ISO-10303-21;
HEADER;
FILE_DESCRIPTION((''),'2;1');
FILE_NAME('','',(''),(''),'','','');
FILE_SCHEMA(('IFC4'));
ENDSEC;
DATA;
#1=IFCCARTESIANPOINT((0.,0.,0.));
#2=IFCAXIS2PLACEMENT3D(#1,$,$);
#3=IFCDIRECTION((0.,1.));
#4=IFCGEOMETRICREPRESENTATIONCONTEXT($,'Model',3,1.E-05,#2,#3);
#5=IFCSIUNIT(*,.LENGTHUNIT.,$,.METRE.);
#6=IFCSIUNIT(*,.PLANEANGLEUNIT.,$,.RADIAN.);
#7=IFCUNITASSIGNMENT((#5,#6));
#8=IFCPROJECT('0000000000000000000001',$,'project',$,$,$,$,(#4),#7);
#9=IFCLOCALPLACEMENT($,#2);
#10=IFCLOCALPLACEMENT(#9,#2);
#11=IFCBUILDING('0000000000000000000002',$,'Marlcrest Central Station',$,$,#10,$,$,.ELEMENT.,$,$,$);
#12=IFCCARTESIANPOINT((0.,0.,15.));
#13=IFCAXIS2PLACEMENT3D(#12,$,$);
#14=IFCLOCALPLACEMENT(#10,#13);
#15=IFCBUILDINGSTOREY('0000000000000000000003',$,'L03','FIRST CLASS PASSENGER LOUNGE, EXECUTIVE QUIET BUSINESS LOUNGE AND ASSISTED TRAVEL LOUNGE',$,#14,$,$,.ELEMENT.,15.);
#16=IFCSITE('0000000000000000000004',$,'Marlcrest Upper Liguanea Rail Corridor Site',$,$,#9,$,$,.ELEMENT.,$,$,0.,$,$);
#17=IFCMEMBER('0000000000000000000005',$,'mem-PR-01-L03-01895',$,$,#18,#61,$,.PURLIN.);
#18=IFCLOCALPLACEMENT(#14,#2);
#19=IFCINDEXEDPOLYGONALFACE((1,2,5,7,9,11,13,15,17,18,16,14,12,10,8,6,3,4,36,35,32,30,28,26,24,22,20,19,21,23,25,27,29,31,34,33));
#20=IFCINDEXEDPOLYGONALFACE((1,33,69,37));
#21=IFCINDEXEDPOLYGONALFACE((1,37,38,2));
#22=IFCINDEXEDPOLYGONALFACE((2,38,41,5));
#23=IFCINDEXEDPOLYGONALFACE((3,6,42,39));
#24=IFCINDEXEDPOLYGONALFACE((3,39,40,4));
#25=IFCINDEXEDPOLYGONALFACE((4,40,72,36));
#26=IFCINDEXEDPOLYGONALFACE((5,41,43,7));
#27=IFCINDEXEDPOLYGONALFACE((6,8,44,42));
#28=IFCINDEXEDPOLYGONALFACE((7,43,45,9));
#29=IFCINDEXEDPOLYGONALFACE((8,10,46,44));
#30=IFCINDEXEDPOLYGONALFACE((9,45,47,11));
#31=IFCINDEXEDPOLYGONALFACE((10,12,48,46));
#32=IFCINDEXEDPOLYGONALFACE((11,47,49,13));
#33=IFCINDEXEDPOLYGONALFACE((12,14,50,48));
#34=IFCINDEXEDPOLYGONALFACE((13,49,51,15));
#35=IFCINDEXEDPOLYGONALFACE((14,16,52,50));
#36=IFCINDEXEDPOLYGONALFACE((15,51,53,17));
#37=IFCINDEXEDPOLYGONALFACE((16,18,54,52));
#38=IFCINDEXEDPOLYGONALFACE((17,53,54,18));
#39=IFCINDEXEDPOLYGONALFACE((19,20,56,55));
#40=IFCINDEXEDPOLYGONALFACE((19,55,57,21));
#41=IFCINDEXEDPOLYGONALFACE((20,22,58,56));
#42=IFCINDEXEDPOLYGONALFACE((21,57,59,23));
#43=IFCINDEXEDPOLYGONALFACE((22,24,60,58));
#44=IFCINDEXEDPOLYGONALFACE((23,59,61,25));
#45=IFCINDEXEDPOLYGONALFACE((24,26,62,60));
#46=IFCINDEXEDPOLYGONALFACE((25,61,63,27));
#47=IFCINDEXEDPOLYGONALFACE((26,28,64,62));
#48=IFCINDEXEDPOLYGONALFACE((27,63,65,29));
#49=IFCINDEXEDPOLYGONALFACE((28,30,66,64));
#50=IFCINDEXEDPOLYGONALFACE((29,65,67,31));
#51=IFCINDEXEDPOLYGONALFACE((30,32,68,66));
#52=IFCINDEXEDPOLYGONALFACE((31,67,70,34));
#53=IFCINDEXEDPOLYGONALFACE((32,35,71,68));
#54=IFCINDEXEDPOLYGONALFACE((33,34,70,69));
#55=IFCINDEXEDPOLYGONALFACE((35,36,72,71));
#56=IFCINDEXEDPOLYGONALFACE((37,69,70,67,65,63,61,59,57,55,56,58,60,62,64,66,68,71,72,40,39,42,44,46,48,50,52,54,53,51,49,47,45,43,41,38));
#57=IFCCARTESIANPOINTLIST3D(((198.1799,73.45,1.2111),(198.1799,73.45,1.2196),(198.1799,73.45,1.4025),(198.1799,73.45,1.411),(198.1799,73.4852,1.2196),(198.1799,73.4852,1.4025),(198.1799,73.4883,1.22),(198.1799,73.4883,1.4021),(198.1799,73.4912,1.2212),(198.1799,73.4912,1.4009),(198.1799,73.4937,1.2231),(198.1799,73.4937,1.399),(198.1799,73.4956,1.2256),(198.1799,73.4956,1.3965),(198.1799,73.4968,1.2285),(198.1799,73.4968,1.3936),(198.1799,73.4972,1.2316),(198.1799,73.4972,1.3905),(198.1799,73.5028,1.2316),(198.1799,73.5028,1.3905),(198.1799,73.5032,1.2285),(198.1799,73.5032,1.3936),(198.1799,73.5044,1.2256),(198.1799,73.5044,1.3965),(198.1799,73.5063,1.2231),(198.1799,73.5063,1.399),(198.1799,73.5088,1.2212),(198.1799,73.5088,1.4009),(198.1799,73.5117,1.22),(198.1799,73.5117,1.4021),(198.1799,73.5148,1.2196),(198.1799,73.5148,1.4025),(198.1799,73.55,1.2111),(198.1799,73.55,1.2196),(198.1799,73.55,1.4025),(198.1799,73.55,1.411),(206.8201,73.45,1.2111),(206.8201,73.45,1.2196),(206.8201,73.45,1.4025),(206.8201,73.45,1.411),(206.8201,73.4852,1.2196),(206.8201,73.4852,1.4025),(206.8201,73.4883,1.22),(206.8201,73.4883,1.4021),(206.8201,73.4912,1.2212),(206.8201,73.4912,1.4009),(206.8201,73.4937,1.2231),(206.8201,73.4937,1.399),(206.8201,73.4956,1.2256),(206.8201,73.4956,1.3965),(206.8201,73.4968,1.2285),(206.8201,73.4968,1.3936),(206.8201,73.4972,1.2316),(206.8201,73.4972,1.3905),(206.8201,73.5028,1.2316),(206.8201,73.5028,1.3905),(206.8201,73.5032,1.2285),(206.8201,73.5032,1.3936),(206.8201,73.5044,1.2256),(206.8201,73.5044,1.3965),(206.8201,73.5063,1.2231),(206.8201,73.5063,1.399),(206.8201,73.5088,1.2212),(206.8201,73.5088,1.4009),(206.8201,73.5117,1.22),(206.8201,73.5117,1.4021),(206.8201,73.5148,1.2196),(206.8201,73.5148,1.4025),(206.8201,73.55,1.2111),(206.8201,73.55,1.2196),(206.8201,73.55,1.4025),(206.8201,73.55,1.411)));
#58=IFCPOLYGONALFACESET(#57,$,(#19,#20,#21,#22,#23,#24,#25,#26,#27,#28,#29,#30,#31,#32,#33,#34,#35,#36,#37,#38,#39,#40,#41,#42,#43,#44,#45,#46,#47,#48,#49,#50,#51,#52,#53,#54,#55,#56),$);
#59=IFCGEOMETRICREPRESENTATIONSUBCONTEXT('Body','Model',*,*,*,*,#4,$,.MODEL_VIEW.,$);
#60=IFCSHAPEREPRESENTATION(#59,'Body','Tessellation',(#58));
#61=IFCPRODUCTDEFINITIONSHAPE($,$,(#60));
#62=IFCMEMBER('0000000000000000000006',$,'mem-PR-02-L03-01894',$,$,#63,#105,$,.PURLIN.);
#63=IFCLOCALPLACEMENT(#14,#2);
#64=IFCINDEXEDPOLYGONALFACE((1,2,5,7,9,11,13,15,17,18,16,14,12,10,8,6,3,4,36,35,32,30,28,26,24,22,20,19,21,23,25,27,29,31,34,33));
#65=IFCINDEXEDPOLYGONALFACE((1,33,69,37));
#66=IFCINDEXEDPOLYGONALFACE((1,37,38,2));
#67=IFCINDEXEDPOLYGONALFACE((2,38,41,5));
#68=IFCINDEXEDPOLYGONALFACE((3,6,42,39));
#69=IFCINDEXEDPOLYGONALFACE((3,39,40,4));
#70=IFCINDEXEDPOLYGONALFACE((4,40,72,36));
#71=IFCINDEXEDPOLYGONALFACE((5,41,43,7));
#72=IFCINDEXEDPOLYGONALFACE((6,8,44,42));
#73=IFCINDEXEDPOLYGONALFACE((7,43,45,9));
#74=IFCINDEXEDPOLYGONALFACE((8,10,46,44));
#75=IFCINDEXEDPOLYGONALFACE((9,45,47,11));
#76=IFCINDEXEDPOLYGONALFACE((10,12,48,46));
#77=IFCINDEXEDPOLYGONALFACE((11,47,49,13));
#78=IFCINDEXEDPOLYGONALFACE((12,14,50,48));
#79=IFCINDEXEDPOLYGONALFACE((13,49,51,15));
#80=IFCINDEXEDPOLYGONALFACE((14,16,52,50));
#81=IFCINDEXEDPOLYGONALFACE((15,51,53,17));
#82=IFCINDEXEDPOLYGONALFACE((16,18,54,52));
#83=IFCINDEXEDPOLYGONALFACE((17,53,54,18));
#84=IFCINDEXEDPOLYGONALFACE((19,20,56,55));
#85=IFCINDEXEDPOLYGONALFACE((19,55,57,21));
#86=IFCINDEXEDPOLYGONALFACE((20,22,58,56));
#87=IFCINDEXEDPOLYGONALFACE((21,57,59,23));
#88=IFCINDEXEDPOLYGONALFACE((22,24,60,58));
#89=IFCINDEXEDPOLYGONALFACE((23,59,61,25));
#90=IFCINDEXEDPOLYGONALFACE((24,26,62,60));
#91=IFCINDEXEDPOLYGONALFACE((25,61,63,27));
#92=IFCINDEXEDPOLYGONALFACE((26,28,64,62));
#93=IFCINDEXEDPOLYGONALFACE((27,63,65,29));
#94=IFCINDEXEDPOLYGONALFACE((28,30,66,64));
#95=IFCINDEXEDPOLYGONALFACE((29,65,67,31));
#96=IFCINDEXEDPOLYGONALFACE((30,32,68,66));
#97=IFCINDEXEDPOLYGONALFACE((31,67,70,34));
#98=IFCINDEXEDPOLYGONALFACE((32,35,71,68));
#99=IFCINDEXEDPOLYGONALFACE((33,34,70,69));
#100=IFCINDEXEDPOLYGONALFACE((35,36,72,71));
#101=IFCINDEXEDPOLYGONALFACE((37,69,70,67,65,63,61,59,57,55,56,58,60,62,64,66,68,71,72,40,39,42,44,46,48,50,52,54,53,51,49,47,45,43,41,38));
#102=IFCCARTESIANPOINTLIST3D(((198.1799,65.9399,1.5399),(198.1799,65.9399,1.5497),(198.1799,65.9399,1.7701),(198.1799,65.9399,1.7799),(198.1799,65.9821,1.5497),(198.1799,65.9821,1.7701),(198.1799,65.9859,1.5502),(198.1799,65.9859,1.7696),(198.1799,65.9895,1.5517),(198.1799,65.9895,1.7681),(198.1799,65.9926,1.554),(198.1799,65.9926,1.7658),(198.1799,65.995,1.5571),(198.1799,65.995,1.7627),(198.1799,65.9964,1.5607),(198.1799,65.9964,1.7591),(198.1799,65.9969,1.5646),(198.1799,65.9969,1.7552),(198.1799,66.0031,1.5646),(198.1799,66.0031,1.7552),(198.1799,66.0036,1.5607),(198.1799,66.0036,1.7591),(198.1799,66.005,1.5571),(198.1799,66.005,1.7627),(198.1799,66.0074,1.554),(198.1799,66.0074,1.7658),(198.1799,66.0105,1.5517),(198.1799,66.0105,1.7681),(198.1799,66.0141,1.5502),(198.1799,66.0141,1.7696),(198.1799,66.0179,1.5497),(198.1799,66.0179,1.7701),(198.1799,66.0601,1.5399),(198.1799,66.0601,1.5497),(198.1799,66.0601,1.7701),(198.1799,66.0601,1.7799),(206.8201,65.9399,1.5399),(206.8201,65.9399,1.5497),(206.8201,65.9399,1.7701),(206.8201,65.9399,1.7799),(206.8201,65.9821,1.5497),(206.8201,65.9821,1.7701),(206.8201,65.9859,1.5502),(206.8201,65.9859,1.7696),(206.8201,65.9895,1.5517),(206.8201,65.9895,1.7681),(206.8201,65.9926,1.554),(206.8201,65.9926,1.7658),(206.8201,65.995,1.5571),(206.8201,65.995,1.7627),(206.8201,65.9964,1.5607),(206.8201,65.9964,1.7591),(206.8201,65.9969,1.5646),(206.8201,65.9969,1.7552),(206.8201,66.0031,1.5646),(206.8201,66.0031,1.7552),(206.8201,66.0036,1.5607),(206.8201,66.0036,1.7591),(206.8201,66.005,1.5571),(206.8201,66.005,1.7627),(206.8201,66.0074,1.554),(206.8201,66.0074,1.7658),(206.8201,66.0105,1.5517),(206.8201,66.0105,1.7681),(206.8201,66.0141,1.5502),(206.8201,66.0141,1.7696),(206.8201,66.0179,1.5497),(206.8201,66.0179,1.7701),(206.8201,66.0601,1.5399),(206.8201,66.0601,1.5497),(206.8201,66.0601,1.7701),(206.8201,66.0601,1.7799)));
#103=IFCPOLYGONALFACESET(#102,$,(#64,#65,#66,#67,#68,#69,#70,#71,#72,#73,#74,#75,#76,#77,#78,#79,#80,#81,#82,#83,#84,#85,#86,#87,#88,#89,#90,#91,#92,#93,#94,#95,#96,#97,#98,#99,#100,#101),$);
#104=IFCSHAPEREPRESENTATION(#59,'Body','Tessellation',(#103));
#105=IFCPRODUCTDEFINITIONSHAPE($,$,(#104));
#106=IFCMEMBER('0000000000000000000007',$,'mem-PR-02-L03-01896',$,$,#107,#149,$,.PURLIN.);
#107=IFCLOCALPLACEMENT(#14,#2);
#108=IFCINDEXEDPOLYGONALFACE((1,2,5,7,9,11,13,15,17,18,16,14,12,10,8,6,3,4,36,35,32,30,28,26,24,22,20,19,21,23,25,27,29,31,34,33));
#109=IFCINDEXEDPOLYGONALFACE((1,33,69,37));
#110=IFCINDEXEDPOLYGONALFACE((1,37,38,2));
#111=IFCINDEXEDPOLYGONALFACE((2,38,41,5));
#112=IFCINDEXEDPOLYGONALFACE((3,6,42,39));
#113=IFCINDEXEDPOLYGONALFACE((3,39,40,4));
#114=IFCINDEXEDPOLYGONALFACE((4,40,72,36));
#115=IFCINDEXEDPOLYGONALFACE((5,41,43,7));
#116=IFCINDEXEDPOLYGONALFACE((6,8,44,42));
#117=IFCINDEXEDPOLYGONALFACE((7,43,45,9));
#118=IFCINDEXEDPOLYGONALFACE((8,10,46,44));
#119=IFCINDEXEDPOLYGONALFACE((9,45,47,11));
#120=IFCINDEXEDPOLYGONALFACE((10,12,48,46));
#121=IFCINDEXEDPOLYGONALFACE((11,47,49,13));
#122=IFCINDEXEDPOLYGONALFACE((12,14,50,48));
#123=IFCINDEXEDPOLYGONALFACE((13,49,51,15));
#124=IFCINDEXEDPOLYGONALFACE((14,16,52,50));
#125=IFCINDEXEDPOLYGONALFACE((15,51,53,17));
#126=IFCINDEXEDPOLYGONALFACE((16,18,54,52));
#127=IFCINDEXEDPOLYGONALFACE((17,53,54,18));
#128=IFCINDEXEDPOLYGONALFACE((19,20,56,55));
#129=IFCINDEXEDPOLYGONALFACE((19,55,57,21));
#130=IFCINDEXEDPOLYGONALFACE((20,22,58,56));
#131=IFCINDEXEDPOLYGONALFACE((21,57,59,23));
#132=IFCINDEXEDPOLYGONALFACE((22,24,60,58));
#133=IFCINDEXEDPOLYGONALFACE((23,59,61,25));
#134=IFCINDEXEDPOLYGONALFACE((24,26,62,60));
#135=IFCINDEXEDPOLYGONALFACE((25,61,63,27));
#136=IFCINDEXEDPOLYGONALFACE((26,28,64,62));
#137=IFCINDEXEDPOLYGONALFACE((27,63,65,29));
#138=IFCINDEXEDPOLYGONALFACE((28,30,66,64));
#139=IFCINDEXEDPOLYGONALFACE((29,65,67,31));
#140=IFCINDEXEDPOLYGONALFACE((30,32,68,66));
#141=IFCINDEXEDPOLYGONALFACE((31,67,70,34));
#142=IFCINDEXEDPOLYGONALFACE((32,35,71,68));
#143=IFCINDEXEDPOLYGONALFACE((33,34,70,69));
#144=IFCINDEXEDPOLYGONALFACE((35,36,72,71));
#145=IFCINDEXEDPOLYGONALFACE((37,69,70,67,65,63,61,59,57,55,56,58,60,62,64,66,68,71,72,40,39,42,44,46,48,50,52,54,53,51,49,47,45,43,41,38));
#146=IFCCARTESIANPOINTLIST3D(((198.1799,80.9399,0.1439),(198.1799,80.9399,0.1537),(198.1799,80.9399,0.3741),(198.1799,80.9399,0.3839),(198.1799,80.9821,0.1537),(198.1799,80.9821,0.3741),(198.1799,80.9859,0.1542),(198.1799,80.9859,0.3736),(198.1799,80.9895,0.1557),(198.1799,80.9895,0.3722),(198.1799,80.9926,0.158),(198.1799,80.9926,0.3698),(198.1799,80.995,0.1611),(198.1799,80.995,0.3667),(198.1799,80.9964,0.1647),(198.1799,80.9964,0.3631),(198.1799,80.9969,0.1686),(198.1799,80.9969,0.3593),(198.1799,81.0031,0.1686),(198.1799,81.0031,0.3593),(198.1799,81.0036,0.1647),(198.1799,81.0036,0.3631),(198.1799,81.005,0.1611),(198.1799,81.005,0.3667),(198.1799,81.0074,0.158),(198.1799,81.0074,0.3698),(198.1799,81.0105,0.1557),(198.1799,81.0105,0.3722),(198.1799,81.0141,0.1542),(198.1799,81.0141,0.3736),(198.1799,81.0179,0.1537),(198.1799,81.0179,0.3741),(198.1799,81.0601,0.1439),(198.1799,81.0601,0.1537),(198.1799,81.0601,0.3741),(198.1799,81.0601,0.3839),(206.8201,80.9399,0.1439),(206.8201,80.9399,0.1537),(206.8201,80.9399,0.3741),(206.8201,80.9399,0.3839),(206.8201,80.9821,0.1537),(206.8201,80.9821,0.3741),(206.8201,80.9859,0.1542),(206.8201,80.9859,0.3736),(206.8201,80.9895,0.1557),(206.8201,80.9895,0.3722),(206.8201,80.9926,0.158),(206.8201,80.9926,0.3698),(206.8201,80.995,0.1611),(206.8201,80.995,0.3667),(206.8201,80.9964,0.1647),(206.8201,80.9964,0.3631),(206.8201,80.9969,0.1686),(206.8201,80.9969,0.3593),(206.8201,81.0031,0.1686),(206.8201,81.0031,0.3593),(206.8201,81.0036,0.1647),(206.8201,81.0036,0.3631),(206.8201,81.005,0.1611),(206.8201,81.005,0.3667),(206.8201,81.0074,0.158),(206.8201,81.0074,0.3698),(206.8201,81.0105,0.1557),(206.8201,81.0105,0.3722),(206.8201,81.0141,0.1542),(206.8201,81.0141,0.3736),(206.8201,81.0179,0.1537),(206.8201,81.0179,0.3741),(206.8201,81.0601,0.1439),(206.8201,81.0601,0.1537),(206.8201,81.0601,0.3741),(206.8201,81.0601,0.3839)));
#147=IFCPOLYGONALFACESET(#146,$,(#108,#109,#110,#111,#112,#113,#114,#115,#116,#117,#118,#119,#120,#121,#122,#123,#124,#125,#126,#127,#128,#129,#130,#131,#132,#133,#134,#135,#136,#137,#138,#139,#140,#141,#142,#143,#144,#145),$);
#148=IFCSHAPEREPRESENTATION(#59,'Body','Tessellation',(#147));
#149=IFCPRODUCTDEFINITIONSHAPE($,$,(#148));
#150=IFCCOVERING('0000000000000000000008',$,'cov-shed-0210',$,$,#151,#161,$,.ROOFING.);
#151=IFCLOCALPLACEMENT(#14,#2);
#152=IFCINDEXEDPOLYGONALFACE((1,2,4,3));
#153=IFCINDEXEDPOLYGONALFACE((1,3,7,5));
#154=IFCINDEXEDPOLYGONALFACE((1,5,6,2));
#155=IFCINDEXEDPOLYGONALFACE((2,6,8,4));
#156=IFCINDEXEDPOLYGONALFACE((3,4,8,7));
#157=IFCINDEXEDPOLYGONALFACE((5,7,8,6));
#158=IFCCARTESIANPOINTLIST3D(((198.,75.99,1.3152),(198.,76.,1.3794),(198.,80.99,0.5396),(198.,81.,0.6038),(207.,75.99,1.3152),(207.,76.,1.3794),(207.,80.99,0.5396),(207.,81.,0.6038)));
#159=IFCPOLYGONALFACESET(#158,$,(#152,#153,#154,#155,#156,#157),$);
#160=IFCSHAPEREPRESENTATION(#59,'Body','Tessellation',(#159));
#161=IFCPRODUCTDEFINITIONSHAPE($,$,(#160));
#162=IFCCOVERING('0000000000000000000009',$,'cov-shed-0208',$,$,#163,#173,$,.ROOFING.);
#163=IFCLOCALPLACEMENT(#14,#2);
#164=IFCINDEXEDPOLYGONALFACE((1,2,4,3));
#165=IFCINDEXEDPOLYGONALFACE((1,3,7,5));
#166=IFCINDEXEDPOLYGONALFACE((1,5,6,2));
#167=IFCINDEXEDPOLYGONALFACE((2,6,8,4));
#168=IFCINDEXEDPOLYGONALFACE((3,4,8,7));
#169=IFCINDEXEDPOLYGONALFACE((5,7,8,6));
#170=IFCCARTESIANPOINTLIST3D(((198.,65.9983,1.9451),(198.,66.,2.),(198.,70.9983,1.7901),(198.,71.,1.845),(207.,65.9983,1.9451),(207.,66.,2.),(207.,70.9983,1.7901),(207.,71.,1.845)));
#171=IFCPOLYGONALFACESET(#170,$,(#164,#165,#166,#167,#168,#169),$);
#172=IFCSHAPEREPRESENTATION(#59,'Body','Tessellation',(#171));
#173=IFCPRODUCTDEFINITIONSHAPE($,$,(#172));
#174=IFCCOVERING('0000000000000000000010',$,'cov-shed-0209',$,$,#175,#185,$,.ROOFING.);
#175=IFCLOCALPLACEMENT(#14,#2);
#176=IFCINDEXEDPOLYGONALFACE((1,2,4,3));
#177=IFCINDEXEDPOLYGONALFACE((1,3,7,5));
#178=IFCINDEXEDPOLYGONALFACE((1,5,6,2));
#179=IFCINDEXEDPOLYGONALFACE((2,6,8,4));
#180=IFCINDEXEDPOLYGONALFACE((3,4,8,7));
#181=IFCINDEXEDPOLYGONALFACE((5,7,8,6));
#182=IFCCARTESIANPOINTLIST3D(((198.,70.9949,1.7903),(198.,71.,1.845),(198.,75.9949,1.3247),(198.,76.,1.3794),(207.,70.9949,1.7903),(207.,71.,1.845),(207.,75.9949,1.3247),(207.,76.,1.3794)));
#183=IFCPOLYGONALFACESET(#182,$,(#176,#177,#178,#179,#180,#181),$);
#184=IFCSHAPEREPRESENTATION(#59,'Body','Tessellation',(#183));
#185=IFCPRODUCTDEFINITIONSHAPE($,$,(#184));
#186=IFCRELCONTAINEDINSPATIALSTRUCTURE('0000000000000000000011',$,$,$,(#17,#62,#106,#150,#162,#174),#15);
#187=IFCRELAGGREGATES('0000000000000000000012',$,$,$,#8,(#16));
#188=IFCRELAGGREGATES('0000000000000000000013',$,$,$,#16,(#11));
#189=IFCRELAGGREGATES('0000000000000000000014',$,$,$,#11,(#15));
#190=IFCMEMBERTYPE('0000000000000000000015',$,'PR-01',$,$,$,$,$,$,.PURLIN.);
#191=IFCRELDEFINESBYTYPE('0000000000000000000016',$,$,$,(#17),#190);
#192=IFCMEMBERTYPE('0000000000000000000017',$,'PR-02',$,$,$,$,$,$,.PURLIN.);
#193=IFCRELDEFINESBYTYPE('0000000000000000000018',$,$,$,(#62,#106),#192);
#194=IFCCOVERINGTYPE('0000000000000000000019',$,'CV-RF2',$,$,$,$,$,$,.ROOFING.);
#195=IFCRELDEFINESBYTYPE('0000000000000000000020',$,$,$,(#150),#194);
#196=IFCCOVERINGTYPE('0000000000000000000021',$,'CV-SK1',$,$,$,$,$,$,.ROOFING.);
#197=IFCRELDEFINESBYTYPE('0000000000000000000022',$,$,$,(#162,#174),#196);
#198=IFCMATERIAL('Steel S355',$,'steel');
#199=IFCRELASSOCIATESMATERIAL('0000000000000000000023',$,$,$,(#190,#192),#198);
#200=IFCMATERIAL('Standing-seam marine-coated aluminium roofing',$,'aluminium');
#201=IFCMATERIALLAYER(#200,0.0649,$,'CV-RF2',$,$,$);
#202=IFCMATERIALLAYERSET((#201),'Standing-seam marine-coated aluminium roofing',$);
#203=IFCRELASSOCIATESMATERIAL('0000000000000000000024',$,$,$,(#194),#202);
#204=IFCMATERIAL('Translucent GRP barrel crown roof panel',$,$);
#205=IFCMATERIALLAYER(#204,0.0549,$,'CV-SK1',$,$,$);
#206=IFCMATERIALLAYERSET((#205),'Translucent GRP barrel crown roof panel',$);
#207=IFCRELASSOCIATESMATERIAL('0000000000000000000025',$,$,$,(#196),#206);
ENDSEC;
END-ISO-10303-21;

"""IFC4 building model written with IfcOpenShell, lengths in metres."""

from ifc_helpers import new_model, si_unit, direction, frame, origin, origin_2d, place, context, subcontext, project, spatial, polyline, i_section, outline, extrude, material, layer, layer_set, material_profile, profile_set, type_object, element, save


model = new_model("IFC4")

# Units and contexts
model_context = context("Model", 3, precision=1e-05, world=origin(), true_north=direction((0.0, 1.0)))
body_context = subcontext(model_context, "Body", "Model", "MODEL_VIEW")
ifc_project = project(units=[si_unit("LENGTHUNIT", "METRE"), si_unit("PLANEANGLEUNIT", "RADIAN")], contexts=[model_context])

# Site, building, storey
site_placement = place(None, origin())
site = spatial("IfcSite", under=ifc_project, at=site_placement, Name="Marlcrest Upper Liguanea Rail Corridor Site", CompositionType="ELEMENT", RefElevation=0.0)
building_placement = place(site_placement, origin())
building = spatial("IfcBuilding", under=site, at=building_placement, Name="Marlcrest Central Station", CompositionType="ELEMENT")
storey_placement = place(building_placement, frame((0.0, 0.0, 15.0)))
storey = spatial("IfcBuildingStorey", under=building, at=storey_placement, Name="L03", Description="FIRST CLASS PASSENGER LOUNGE, EXECUTIVE QUIET BUSINESS LOUNGE AND ASSISTED TRAVEL LOUNGE", CompositionType="ELEMENT", Elevation=15.0)

# Members
ifc_material_1 = material(Name="Steel S355", Category="steel")
ifc_material_profile_1 = material_profile(ifc_material_1, i_section(OverallWidth=0.1001, OverallDepth=0.2, WebThickness=0.0056, FlangeThickness=0.0085, FilletRadius=0.012, at=origin_2d()), Name="IPE 200")
ifc_profile_set_1 = profile_set([ifc_material_profile_1], Name="Steel S355")
member_type_1 = type_object("IfcMemberType", Name="PR-01", PredefinedType="PURLIN", material=ifc_profile_set_1)
member_1_placement = place(storey_placement, frame((198.1799, 73.5, 1.311), z_axis=(1.0, 0.0, 0.0), x_axis=(0.0, 1.0, 0.0)))
element("IfcMember", 1, at=member_1_placement, inside=storey, type_object=member_type_1, Name="mem-PR-01-L03-01895", PredefinedType="PURLIN", context=body_context, shape_type="SweptSolid", body=[
    extrude(i_section(OverallWidth=0.1001, OverallDepth=0.2, WebThickness=0.0056, FlangeThickness=0.0085, FilletRadius=0.012, at=origin_2d()), origin(), (0.0, 0.0, 1.0), 8.6401),
])
ifc_material_profile_2 = material_profile(ifc_material_1, i_section(OverallWidth=0.1201, OverallDepth=0.24, WebThickness=0.0061, FlangeThickness=0.0098, FilletRadius=0.0149, at=origin_2d()), Name="IPE 240")
ifc_profile_set_2 = profile_set([ifc_material_profile_2], Name="Steel S355")
member_type_2 = type_object("IfcMemberType", Name="PR-02", PredefinedType="PURLIN", material=ifc_profile_set_2)
for number, where, z_axis, x_axis, name in (
    (2, (198.1799, 66.0, 1.6599), (1.0, 0.0, 0.0), (0.0, 1.0, 0.0), "mem-PR-02-L03-01894"),
    (3, (198.1799, 81.0, 0.2639), (1.0, 0.0, 0.0), (0.0, 1.0, 0.0), "mem-PR-02-L03-01896"),
):
    element("IfcMember", number, at=place(storey_placement, frame(where, z_axis=z_axis, x_axis=x_axis)), inside=storey, type_object=member_type_2, Name=name, PredefinedType="PURLIN", context=body_context, shape_type="SweptSolid", body=[
        extrude(i_section(OverallWidth=0.1201, OverallDepth=0.24, WebThickness=0.0061, FlangeThickness=0.0098, FilletRadius=0.0149, at=origin_2d()), origin(), (0.0, 0.0, 1.0), 8.6401),
    ])

# Coverings
ifc_material_2 = material(Name="Standing-seam marine-coated aluminium roofing", Category="aluminium")
ifc_layer_1 = layer(ifc_material_2, 0.0649, Name="CV-RF2")
ifc_layer_set_1 = layer_set([ifc_layer_1], Name="Standing-seam marine-coated aluminium roofing")
covering_type_1 = type_object("IfcCoveringType", Name="CV-RF2", PredefinedType="ROOFING", material=ifc_layer_set_1)
covering_1_placement = place(storey_placement, frame((198.0, 76.0, 1.3794), z_axis=(0.0, 0.153293, 0.988181), x_axis=(1.0, 0.0, 0.0)))
element("IfcCovering", 4, at=covering_1_placement, inside=storey, type_object=covering_type_1, Name="cov-shed-0210", PredefinedType="ROOFING", context=body_context, shape_type="SweptSolid", body=[
    extrude(outline(polyline([(0.0, 0.0), (9.0, 0.0), (9.0, 5.0598), (0.0, 5.0598), (0.0, 0.0)])), origin(), (0.0, 0.0, -1.0), 0.0649),
])
ifc_material_3 = material(Name="Translucent GRP barrel crown roof panel")
ifc_layer_2 = layer(ifc_material_3, 0.0549, Name="CV-SK1")
ifc_layer_set_2 = layer_set([ifc_layer_2], Name="Translucent GRP barrel crown roof panel")
covering_type_2 = type_object("IfcCoveringType", Name="CV-SK1", PredefinedType="ROOFING", material=ifc_layer_set_2)
covering_2_placement = place(storey_placement, frame((198.0, 66.0, 2.0), z_axis=(0.0, 0.030991, 0.99952), x_axis=(1.0, 0.0, 0.0)))
element("IfcCovering", 5, at=covering_2_placement, inside=storey, type_object=covering_type_2, Name="cov-shed-0208", PredefinedType="ROOFING", context=body_context, shape_type="SweptSolid", body=[
    extrude(outline(polyline([(0.0, 0.0), (9.0, 0.0), (9.0, 5.0024), (0.0, 5.0024), (0.0, 0.0)])), origin(), (0.0, 0.0, -1.0), 0.0549),
])
covering_3_placement = place(storey_placement, frame((198.0, 71.0, 1.845), z_axis=(0.0, 0.092714, 0.995693), x_axis=(1.0, 0.0, 0.0)))
element("IfcCovering", 6, at=covering_3_placement, inside=storey, type_object=covering_type_2, Name="cov-shed-0209", PredefinedType="ROOFING", context=body_context, shape_type="SweptSolid", body=[
    extrude(outline(polyline([(0.0, 0.0), (9.0, 0.0), (9.0, 5.0216), (0.0, 5.0216), (0.0, 0.0)])), origin(), (0.0, 0.0, -1.0), 0.0549),
])

save(model, "model.ifc")
